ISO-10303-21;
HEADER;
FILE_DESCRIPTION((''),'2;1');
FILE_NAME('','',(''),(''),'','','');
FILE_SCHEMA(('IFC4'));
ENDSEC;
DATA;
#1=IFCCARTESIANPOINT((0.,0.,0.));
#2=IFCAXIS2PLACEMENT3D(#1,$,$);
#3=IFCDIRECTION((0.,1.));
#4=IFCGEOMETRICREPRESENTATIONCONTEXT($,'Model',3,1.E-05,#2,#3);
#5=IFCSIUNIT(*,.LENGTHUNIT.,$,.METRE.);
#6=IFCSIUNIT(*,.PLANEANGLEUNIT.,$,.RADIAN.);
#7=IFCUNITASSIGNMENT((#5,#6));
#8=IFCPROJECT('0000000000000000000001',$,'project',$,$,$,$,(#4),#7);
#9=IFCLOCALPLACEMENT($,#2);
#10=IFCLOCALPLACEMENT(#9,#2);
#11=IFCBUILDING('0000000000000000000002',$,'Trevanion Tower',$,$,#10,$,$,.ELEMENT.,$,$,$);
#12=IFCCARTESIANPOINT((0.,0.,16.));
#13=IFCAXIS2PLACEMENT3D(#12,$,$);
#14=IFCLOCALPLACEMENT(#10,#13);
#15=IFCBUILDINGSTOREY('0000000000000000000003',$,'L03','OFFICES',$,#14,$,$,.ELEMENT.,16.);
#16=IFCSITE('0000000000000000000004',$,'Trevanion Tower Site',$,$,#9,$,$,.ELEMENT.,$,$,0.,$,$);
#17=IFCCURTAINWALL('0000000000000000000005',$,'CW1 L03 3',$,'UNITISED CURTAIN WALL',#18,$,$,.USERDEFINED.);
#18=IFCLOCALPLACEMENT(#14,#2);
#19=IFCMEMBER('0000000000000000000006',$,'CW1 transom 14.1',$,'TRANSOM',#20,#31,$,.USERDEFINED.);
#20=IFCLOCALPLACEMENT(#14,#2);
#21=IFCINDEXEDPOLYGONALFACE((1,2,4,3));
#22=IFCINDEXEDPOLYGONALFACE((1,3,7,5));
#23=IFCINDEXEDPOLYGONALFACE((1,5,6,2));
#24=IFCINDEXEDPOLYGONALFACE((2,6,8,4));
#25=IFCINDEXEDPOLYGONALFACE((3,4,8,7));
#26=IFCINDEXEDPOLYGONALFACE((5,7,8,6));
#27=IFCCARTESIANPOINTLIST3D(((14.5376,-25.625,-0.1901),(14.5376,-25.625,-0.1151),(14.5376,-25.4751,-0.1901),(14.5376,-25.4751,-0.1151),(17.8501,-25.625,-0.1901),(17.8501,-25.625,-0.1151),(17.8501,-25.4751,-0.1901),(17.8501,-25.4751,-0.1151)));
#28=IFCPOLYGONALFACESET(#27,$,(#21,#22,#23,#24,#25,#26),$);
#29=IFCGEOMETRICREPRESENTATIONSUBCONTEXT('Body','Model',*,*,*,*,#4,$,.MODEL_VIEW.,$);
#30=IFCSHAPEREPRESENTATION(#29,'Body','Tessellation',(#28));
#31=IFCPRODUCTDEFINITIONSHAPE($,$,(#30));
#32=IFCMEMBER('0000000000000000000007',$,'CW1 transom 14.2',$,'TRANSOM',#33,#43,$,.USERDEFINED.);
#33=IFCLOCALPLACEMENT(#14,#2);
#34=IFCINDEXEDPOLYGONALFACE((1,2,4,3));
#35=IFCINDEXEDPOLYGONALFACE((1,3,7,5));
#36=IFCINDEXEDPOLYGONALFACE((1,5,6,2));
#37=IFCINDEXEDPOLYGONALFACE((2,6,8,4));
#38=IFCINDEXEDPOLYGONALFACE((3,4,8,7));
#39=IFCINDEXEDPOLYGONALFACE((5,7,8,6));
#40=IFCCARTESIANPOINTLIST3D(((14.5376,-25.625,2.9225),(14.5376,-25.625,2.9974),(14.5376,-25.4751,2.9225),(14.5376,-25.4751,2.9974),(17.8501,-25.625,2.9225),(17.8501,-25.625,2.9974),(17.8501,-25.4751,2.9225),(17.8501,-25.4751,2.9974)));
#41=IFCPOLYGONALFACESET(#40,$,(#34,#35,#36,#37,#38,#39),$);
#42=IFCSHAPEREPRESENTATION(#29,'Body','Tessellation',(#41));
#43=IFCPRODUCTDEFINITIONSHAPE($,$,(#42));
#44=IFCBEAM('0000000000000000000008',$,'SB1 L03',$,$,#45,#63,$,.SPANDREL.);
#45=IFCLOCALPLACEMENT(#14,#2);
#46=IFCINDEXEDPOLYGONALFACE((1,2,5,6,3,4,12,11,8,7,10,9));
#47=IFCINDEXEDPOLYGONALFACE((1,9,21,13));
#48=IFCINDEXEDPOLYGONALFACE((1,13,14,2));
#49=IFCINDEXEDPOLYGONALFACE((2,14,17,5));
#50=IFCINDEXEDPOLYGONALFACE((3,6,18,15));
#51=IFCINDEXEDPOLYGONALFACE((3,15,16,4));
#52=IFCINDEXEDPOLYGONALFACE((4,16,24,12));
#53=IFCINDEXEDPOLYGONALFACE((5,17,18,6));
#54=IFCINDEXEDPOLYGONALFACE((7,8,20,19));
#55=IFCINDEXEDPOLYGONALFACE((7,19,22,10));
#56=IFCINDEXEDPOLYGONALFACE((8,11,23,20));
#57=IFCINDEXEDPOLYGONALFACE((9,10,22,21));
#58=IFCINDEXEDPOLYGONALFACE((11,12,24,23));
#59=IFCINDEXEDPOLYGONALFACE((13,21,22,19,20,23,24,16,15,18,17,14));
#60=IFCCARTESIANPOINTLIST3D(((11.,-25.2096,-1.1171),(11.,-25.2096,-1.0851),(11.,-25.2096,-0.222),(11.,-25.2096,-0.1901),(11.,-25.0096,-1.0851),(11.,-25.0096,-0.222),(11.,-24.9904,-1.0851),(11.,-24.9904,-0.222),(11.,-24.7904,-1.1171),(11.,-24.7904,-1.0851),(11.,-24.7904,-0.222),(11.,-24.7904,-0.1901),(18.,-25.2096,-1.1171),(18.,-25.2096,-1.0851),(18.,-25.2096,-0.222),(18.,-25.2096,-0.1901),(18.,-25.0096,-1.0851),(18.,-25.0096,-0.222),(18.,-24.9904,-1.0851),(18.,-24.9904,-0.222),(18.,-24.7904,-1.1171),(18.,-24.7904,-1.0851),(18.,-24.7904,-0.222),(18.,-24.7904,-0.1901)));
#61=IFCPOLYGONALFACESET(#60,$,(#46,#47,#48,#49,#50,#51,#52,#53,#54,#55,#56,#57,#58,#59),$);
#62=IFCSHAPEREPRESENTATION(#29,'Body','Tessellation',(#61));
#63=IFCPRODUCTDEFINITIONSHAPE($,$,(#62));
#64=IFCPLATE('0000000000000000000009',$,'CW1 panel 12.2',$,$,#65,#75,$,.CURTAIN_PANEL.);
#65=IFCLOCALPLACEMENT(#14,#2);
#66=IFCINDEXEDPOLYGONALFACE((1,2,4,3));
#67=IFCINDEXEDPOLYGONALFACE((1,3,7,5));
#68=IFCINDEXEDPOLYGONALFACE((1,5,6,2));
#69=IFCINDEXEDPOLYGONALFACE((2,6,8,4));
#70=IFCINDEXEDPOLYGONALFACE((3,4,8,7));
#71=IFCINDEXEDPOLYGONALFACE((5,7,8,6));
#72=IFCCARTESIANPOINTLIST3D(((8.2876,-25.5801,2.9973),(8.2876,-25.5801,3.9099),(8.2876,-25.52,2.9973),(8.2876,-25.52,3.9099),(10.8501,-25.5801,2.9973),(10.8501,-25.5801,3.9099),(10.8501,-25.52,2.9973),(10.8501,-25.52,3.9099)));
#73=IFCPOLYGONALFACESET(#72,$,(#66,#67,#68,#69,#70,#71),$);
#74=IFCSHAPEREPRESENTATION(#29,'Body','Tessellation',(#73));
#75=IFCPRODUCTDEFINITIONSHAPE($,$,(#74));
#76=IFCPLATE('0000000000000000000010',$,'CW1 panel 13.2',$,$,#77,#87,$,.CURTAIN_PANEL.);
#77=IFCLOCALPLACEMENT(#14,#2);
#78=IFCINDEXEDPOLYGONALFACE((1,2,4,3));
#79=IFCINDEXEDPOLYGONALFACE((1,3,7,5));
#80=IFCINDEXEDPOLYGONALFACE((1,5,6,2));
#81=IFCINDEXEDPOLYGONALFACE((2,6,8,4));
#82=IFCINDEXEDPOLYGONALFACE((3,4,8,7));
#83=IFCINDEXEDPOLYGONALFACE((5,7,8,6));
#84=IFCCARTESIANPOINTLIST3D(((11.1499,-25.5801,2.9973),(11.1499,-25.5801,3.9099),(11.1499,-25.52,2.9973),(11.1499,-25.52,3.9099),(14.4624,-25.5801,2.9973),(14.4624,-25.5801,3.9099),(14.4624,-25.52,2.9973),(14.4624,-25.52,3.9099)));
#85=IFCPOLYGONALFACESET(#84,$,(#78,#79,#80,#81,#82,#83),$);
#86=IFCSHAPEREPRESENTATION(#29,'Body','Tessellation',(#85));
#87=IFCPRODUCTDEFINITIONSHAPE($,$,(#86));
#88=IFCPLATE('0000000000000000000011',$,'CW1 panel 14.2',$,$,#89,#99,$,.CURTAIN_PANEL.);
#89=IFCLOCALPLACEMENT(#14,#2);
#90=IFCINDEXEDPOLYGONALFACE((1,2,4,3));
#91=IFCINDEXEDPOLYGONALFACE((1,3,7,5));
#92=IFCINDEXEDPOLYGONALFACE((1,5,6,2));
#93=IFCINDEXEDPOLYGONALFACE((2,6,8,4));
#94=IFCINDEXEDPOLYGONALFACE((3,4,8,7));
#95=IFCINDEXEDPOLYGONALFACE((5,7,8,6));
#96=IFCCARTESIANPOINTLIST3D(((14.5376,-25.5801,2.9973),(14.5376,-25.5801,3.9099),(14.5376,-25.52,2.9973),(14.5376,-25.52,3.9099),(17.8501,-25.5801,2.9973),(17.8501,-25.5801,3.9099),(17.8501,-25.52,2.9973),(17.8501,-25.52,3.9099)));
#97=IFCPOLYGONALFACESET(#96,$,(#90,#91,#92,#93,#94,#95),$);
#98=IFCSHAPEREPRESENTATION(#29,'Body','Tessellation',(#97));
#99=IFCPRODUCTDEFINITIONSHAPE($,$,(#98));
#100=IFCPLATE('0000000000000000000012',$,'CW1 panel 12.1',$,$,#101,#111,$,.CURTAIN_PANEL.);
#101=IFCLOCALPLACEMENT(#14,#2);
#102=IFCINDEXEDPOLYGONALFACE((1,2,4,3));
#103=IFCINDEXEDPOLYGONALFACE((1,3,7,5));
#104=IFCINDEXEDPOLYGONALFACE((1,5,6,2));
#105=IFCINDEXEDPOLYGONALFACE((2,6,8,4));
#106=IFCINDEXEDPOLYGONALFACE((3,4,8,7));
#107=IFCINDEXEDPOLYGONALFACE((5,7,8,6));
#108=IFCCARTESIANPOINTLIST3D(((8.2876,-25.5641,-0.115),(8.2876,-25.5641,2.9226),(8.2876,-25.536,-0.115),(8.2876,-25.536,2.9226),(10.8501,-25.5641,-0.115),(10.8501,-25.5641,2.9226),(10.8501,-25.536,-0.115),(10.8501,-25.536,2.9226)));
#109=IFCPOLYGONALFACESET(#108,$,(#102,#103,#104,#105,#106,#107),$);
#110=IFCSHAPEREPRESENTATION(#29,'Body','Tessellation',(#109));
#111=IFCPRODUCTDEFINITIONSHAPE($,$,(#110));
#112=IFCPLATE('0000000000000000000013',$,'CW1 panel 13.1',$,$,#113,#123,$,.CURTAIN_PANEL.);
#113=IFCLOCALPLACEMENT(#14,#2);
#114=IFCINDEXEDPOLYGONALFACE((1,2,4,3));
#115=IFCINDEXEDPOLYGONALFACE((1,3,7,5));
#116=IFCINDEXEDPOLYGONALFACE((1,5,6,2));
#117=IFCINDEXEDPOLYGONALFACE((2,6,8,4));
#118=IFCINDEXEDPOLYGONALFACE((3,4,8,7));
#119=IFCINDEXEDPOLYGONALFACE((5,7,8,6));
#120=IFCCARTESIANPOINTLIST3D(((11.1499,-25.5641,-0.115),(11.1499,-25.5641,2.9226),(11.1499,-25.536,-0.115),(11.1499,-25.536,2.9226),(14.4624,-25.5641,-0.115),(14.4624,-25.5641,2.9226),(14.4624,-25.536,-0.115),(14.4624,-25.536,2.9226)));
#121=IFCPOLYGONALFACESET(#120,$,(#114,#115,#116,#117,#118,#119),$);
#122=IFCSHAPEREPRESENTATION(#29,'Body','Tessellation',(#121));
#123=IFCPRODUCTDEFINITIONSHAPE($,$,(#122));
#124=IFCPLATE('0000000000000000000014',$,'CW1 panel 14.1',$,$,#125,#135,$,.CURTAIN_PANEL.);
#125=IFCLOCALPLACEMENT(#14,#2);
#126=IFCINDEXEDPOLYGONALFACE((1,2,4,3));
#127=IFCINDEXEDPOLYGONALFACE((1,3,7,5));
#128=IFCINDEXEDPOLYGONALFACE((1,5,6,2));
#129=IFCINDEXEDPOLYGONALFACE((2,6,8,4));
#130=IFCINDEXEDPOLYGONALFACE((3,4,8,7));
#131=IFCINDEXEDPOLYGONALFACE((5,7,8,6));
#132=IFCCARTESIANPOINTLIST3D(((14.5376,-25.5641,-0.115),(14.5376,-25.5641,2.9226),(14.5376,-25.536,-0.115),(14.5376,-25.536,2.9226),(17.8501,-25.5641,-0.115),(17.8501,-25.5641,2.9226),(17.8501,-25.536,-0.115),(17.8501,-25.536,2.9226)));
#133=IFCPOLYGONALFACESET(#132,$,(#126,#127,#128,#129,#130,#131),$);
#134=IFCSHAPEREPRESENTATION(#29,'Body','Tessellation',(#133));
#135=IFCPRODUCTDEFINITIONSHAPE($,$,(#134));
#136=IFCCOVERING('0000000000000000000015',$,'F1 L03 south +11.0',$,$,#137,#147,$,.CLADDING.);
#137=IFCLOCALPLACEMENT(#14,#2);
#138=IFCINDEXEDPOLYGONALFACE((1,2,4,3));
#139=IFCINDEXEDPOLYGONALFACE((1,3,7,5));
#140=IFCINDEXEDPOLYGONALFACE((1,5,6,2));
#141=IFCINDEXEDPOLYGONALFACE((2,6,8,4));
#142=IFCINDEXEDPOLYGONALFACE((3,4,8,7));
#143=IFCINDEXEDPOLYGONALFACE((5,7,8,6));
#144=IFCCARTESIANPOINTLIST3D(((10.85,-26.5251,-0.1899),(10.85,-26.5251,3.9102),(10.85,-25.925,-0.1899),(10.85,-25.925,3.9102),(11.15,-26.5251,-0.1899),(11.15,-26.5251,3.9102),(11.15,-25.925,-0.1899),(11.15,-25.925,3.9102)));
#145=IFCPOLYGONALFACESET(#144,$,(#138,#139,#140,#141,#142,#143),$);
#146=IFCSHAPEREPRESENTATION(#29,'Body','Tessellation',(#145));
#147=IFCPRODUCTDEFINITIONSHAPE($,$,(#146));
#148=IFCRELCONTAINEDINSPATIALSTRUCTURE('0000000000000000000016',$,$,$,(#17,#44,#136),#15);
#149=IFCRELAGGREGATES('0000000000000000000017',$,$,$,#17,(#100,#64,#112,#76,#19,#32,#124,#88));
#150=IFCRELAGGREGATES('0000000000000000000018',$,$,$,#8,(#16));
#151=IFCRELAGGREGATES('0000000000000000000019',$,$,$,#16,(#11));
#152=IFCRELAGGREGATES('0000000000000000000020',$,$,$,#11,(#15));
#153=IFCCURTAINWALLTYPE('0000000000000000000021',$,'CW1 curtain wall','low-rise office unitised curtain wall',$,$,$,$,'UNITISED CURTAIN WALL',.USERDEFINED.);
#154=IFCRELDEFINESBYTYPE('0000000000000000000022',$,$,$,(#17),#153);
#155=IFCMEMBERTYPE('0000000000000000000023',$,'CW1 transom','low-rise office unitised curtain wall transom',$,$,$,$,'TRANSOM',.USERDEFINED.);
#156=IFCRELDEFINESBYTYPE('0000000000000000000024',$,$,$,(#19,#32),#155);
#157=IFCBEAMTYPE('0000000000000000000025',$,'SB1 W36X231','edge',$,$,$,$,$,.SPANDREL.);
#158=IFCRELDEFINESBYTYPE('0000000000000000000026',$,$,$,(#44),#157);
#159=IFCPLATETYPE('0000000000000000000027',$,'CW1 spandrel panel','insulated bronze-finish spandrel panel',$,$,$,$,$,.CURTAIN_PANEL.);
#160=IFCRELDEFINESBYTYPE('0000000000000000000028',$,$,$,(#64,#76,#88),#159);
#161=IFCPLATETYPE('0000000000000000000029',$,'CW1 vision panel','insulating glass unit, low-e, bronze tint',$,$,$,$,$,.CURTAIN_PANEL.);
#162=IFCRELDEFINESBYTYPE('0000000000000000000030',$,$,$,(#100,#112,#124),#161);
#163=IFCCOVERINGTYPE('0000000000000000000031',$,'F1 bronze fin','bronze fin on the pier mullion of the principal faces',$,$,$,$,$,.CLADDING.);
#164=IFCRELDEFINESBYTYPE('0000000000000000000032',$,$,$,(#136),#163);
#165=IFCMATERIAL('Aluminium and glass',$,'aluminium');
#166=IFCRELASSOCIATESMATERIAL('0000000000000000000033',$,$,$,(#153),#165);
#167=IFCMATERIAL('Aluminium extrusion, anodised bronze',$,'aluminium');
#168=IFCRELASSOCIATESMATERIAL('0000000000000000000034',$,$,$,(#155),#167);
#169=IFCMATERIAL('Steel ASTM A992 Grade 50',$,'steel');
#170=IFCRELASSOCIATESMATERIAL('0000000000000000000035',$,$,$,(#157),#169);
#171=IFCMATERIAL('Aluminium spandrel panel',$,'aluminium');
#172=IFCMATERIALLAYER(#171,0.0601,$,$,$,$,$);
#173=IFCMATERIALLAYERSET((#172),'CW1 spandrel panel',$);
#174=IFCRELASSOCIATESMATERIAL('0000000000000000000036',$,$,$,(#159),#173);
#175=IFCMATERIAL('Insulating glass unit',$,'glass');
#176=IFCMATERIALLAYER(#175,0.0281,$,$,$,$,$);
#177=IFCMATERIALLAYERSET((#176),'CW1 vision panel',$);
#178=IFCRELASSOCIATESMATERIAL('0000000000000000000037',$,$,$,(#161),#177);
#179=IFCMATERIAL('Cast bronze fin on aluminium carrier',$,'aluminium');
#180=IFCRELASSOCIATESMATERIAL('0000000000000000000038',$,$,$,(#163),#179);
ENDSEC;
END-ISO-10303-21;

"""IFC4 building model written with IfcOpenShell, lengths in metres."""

from ifc_helpers import new_model, si_unit, direction, frame, origin, origin_2d, place, context, subcontext, project, spatial, rectangle, i_section, extrude, material, layer, layer_set, material_profile, profile_set, type_object, element, aggregate, save


model = new_model("IFC4")

# Units and contexts
model_context = context("Model", 3, precision=1e-05, world=origin(), true_north=direction((0.0, 1.0)))
body_context = subcontext(model_context, "Body", "Model", "MODEL_VIEW")
ifc_project = project(units=[si_unit("LENGTHUNIT", "METRE"), si_unit("PLANEANGLEUNIT", "RADIAN")], contexts=[model_context])

# Site, building, storey
site_placement = place(None, origin())
site = spatial("IfcSite", under=ifc_project, at=site_placement, Name="Trevanion Tower Site", CompositionType="ELEMENT", RefElevation=0.0)
building_placement = place(site_placement, origin())
building = spatial("IfcBuilding", under=site, at=building_placement, Name="Trevanion Tower", CompositionType="ELEMENT")
storey_placement = place(building_placement, frame((0.0, 0.0, 16.0)))
storey = spatial("IfcBuildingStorey", under=building, at=storey_placement, Name="L03", Description="OFFICES", CompositionType="ELEMENT", Elevation=16.0)

# Curtain wall, members
ifc_material_1 = material(Name="Aluminium and glass", Category="aluminium")
curtain_wall_type = type_object("IfcCurtainWallType", Name="CW1 curtain wall", Description="low-rise office unitised curtain wall", ElementType="UNITISED CURTAIN WALL", PredefinedType="USERDEFINED", material=ifc_material_1)
curtain_wall_placement = place(storey_placement, origin())
curtain_wall = element("IfcCurtainWall", 1, at=curtain_wall_placement, inside=storey, type_object=curtain_wall_type, Name="CW1 L03 3", ObjectType="UNITISED CURTAIN WALL", PredefinedType="USERDEFINED")
ifc_material_2 = material(Name="Aluminium extrusion, anodised bronze", Category="aluminium")
ifc_material_profile_1 = material_profile(ifc_material_2, rectangle(XDim=0.1499, YDim=0.075, at=origin_2d()), Name="CW1 transom")
ifc_profile_set_1 = profile_set([ifc_material_profile_1], Name="Aluminium extrusion, anodised bronze")
member_type_1 = type_object("IfcMemberType", Name="CW1 transom", Description="low-rise office unitised curtain wall transom", ElementType="TRANSOM", PredefinedType="USERDEFINED", material=ifc_profile_set_1)
member_1_placement = place(storey_placement, frame((14.5376, -25.55, -0.1526), z_axis=(1.0, 0.0, 0.0), x_axis=(0.0, 1.0, 0.0)))
member_1 = element("IfcMember", 2, at=member_1_placement, type_object=member_type_1, Name="CW1 transom 14.1", ObjectType="TRANSOM", PredefinedType="USERDEFINED", context=body_context, shape_type="SweptSolid", body=[
    extrude(rectangle(XDim=0.1499, YDim=0.075, at=origin_2d()), origin(), (0.0, 0.0, 1.0), 3.3125),
])
member_2_placement = place(storey_placement, frame((14.5376, -25.55, 2.96), z_axis=(1.0, 0.0, 0.0), x_axis=(0.0, 1.0, 0.0)))
member_2 = element("IfcMember", 3, at=member_2_placement, type_object=member_type_1, Name="CW1 transom 14.2", ObjectType="TRANSOM", PredefinedType="USERDEFINED", context=body_context, shape_type="SweptSolid", body=[
    extrude(rectangle(XDim=0.1499, YDim=0.075, at=origin_2d()), origin(), (0.0, 0.0, 1.0), 3.3125),
])

# Beam
ifc_material_3 = material(Name="Steel ASTM A992 Grade 50", Category="steel")
ifc_material_profile_2 = material_profile(ifc_material_3, i_section(OverallWidth=0.4192, OverallDepth=0.927, WebThickness=0.0193, FlangeThickness=0.032, at=origin_2d()), Name="W36X231")
ifc_profile_set_2 = profile_set([ifc_material_profile_2], Name="Steel ASTM A992 Grade 50")
beam_type_1 = type_object("IfcBeamType", Name="SB1 W36X231", Description="edge", PredefinedType="SPANDREL", material=ifc_profile_set_2)
beam_placement = place(storey_placement, frame((11.0, -25.0, -0.6536), z_axis=(1.0, 0.0, 0.0), x_axis=(0.0, 1.0, 0.0)))
element("IfcBeam", 4, at=beam_placement, inside=storey, type_object=beam_type_1, Name="SB1 L03", PredefinedType="SPANDREL", context=body_context, shape_type="SweptSolid", body=[
    extrude(i_section(OverallWidth=0.4192, OverallDepth=0.927, WebThickness=0.0193, FlangeThickness=0.032, at=origin_2d()), origin(), (0.0, 0.0, 1.0), 7.0),
])

# Plates
ifc_material_4 = material(Name="Aluminium spandrel panel", Category="aluminium")
ifc_layer_1 = layer(ifc_material_4, 0.0601)
ifc_layer_set_1 = layer_set([ifc_layer_1], Name="CW1 spandrel panel")
plate_type_1 = type_object("IfcPlateType", Name="CW1 spandrel panel", Description="insulated bronze-finish spandrel panel", PredefinedType="CURTAIN_PANEL", material=ifc_layer_set_1)
plate_1_placement = place(storey_placement, frame((9.5688, -25.55, 2.9973), z_axis=(0.0, 0.0, 1.0), x_axis=(1.0, 0.0, 0.0)))
plate_1 = element("IfcPlate", 5, at=plate_1_placement, type_object=plate_type_1, Name="CW1 panel 12.2", PredefinedType="CURTAIN_PANEL", context=body_context, shape_type="SweptSolid", body=[
    extrude(rectangle(XDim=2.5625, YDim=0.0601, at=origin_2d()), origin(), (0.0, 0.0, 1.0), 0.9126),
])
plate_2_placement = place(storey_placement, frame((12.8062, -25.55, 2.9973), z_axis=(0.0, 0.0, 1.0), x_axis=(1.0, 0.0, 0.0)))
plate_2 = element("IfcPlate", 6, at=plate_2_placement, type_object=plate_type_1, Name="CW1 panel 13.2", PredefinedType="CURTAIN_PANEL", context=body_context, shape_type="SweptSolid", body=[
    extrude(rectangle(XDim=3.3125, YDim=0.0601, at=origin_2d()), origin(), (0.0, 0.0, 1.0), 0.9126),
])
plate_3_placement = place(storey_placement, frame((16.1938, -25.55, 2.9973), z_axis=(0.0, 0.0, 1.0), x_axis=(1.0, 0.0, 0.0)))
plate_3 = element("IfcPlate", 7, at=plate_3_placement, type_object=plate_type_1, Name="CW1 panel 14.2", PredefinedType="CURTAIN_PANEL", context=body_context, shape_type="SweptSolid", body=[
    extrude(rectangle(XDim=3.3125, YDim=0.0601, at=origin_2d()), origin(), (0.0, 0.0, 1.0), 0.9126),
])
ifc_material_5 = material(Name="Insulating glass unit", Category="glass")
ifc_layer_2 = layer(ifc_material_5, 0.0281)
ifc_layer_set_2 = layer_set([ifc_layer_2], Name="CW1 vision panel")
plate_type_2 = type_object("IfcPlateType", Name="CW1 vision panel", Description="insulating glass unit, low-e, bronze tint", PredefinedType="CURTAIN_PANEL", material=ifc_layer_set_2)
plate_4_placement = place(storey_placement, frame((9.5688, -25.55, -0.115), z_axis=(0.0, 0.0, 1.0), x_axis=(1.0, 0.0, 0.0)))
plate_4 = element("IfcPlate", 8, at=plate_4_placement, type_object=plate_type_2, Name="CW1 panel 12.1", PredefinedType="CURTAIN_PANEL", context=body_context, shape_type="SweptSolid", body=[
    extrude(rectangle(XDim=2.5625, YDim=0.0281, at=origin_2d()), origin(), (0.0, 0.0, 1.0), 3.0376),
])
plate_5_placement = place(storey_placement, frame((12.8062, -25.55, -0.115), z_axis=(0.0, 0.0, 1.0), x_axis=(1.0, 0.0, 0.0)))
plate_5 = element("IfcPlate", 9, at=plate_5_placement, type_object=plate_type_2, Name="CW1 panel 13.1", PredefinedType="CURTAIN_PANEL", context=body_context, shape_type="SweptSolid", body=[
    extrude(rectangle(XDim=3.3125, YDim=0.0281, at=origin_2d()), origin(), (0.0, 0.0, 1.0), 3.0376),
])
plate_6_placement = place(storey_placement, frame((16.1938, -25.55, -0.115), z_axis=(0.0, 0.0, 1.0), x_axis=(1.0, 0.0, 0.0)))
plate_6 = element("IfcPlate", 10, at=plate_6_placement, type_object=plate_type_2, Name="CW1 panel 14.1", PredefinedType="CURTAIN_PANEL", context=body_context, shape_type="SweptSolid", body=[
    extrude(rectangle(XDim=3.3125, YDim=0.0281, at=origin_2d()), origin(), (0.0, 0.0, 1.0), 3.0376),
])
aggregate(curtain_wall, [plate_4, plate_1, plate_5, plate_2, member_1, member_2, plate_6, plate_3])

# Covering
ifc_material_6 = material(Name="Cast bronze fin on aluminium carrier", Category="aluminium")
covering_type = type_object("IfcCoveringType", Name="F1 bronze fin", Description="bronze fin on the pier mullion of the principal faces", PredefinedType="CLADDING", material=ifc_material_6)
covering_placement = place(storey_placement, frame((11.0, -26.2251, -0.1899), z_axis=(0.0, 0.0, 1.0), x_axis=(1.0, 0.0, 0.0)))
element("IfcCovering", 11, at=covering_placement, inside=storey, type_object=covering_type, Name="F1 L03 south +11.0", PredefinedType="CLADDING", context=body_context, shape_type="SweptSolid", body=[
    extrude(rectangle(XDim=0.3, YDim=0.6001, at=origin_2d()), origin(), (0.0, 0.0, 1.0), 4.1001),
])

save(model, "model.ifc")
